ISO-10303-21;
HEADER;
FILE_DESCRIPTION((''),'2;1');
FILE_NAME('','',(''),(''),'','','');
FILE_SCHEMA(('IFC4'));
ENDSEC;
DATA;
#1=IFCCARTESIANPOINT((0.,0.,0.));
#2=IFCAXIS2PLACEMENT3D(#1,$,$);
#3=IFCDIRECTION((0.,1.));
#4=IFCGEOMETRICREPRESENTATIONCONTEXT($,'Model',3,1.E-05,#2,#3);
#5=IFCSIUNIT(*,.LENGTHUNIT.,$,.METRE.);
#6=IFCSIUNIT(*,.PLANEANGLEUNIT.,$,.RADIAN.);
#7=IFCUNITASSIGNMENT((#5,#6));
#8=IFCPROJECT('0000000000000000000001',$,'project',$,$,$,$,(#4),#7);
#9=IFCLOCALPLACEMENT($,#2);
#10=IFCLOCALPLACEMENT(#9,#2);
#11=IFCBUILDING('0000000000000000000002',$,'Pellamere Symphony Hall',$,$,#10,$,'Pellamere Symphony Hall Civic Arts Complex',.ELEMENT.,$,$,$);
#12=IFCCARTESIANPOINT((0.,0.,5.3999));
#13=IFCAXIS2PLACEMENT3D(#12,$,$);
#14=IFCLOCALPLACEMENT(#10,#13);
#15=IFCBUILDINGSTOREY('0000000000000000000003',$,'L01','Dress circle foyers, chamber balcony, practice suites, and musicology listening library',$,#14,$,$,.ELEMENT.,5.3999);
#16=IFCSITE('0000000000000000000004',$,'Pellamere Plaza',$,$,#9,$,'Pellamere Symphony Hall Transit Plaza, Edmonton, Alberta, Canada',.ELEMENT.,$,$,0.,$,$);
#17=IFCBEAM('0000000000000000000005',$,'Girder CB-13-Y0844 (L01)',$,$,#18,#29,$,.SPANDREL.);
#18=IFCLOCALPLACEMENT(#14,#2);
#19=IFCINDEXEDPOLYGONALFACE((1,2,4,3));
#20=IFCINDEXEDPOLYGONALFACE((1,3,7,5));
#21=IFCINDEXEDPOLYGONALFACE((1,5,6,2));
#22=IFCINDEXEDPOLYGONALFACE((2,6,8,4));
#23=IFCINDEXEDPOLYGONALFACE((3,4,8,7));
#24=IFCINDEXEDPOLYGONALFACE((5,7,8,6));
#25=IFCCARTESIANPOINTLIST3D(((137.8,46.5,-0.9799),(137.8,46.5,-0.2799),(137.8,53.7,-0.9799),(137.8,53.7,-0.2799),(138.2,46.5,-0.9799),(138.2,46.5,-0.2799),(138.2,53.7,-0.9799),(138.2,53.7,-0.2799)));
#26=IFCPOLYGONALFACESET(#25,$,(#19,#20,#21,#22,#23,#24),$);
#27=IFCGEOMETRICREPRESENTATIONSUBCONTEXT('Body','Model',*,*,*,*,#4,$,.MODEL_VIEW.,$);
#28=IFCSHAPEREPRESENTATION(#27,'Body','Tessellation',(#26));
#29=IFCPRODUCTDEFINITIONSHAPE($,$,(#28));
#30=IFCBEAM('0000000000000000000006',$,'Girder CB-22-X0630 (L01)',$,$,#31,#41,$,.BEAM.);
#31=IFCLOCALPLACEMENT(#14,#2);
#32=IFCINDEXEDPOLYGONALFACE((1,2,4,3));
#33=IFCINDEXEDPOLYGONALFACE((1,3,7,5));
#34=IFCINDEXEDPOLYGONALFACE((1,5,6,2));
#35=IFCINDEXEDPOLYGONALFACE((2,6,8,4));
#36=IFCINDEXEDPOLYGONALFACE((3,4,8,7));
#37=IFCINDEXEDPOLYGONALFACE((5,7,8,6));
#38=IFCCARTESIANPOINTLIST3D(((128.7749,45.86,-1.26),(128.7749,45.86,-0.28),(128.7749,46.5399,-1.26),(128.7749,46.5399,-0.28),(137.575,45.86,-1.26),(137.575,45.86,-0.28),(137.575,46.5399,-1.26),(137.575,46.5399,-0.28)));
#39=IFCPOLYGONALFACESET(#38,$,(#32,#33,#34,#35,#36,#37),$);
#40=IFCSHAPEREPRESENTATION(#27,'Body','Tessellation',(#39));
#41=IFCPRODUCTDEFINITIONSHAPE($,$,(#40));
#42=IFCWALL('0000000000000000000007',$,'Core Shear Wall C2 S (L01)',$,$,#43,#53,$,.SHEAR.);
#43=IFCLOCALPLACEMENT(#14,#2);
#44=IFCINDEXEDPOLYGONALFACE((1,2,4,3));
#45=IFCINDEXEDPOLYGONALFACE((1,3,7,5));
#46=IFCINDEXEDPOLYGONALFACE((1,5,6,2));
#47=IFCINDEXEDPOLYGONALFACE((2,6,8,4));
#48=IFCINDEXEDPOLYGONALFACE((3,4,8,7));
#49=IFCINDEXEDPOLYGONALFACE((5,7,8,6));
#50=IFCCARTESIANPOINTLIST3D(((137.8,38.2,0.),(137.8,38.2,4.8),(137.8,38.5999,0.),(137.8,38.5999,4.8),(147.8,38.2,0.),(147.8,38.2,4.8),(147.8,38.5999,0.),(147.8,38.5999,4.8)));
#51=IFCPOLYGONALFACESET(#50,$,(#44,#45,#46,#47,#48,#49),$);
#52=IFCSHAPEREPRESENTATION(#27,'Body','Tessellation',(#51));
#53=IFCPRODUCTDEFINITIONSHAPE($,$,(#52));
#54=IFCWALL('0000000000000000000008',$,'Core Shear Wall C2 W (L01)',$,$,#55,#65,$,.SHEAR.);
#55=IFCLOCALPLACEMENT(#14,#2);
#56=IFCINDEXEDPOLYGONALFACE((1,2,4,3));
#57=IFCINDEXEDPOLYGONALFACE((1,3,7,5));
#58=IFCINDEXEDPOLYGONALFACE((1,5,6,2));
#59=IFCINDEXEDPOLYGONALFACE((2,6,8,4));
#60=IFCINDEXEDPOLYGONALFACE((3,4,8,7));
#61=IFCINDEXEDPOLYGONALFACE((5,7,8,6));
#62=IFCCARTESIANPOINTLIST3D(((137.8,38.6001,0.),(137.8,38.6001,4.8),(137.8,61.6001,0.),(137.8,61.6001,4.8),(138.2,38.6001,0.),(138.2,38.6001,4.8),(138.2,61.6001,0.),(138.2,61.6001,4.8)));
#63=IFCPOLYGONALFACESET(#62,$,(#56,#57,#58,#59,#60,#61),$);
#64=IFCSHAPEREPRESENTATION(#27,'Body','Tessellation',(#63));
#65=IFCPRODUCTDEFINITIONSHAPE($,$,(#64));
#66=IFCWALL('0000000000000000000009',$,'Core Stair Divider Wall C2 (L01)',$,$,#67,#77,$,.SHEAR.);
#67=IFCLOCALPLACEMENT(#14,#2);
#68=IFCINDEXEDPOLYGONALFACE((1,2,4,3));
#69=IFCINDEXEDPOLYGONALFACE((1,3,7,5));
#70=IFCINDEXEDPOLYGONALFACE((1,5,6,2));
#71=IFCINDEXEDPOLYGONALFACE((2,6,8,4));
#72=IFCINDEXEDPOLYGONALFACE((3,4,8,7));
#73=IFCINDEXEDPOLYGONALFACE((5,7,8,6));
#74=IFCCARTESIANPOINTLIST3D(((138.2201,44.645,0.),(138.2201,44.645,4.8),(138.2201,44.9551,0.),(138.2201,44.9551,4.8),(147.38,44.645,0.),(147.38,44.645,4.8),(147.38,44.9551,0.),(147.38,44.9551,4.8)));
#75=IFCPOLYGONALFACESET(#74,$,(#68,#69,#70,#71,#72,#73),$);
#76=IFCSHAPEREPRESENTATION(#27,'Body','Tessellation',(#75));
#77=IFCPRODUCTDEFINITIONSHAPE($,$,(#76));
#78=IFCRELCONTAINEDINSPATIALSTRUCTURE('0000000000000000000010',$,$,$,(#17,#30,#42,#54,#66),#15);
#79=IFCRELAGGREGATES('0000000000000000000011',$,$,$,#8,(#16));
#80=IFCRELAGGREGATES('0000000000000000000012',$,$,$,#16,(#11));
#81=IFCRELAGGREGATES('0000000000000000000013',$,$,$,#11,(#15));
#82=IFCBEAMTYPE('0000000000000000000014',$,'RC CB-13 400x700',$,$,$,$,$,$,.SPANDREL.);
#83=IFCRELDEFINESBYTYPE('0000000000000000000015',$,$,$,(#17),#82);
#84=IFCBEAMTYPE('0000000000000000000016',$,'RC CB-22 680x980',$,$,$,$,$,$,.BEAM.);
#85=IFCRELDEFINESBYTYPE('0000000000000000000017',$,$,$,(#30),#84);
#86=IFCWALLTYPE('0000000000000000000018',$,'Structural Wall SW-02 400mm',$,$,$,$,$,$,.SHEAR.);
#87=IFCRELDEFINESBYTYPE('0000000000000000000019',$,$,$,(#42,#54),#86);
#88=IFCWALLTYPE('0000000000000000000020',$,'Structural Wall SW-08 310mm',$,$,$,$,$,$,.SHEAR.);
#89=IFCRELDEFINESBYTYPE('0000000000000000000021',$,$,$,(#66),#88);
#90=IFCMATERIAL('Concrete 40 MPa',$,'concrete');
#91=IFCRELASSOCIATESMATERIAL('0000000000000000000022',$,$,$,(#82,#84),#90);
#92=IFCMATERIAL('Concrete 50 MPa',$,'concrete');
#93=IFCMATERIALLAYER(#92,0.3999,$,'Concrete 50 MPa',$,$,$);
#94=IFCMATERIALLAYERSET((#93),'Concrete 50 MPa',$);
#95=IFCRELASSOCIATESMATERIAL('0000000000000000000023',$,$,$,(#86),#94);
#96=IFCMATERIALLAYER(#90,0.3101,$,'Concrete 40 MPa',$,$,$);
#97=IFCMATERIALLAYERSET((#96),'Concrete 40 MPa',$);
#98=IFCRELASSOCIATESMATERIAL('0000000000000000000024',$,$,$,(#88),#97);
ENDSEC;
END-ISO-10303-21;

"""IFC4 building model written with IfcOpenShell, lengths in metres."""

from ifc_helpers import new_model, si_unit, direction, frame, frame_2d, origin, origin_2d, place, context, subcontext, project, spatial, rectangle, extrude, material, layer, layer_set, material_profile, profile_set, type_object, element, save


model = new_model("IFC4")

# Units and contexts
model_context = context("Model", 3, precision=1e-05, world=origin(), true_north=direction((0.0, 1.0)))
body_context = subcontext(model_context, "Body", "Model", "MODEL_VIEW")
ifc_project = project(units=[si_unit("LENGTHUNIT", "METRE"), si_unit("PLANEANGLEUNIT", "RADIAN")], contexts=[model_context])

# Site, building, storey
site_placement = place(None, origin())
site = spatial("IfcSite", under=ifc_project, at=site_placement, Name="Pellamere Plaza", LongName="Pellamere Symphony Hall Transit Plaza, Edmonton, Alberta, Canada", CompositionType="ELEMENT", RefElevation=0.0)
building_placement = place(site_placement, origin())
building = spatial("IfcBuilding", under=site, at=building_placement, Name="Pellamere Symphony Hall", LongName="Pellamere Symphony Hall Civic Arts Complex", CompositionType="ELEMENT")
storey_placement = place(building_placement, frame((0.0, 0.0, 5.3999)))
storey = spatial("IfcBuildingStorey", under=building, at=storey_placement, Name="L01", Description="Dress circle foyers, chamber balcony, practice suites, and musicology listening library", CompositionType="ELEMENT", Elevation=5.3999)

# Shared definitions
ifc_material_1 = material(Name="Concrete 40 MPa", Category="concrete")

# Beams
ifc_material_profile_1 = material_profile(ifc_material_1, rectangle(XDim=0.3999, YDim=0.7, at=origin_2d()), Name="RC 400x700")
ifc_profile_set_1 = profile_set([ifc_material_profile_1], Name="Concrete 40 MPa")
beam_type_1 = type_object("IfcBeamType", Name="RC CB-13 400x700", PredefinedType="SPANDREL", material=ifc_profile_set_1)
for number, where, z_axis, x_axis, name in (
    (1, (138.0, 46.5, -0.6299), (0.0, 1.0, 0.0), (-1.0, 0.0, 0.0), "Girder CB-13-Y0844 (L01)"),
):
    element("IfcBeam", number, at=place(storey_placement, frame(where, z_axis=z_axis, x_axis=x_axis)), inside=storey, type_object=beam_type_1, Name=name, PredefinedType="SPANDREL", context=body_context, shape_type="SweptSolid", body=[
        extrude(rectangle(XDim=0.3999, YDim=0.7, at=origin_2d()), origin(), (0.0, 0.0, 1.0), 7.2),
    ])
ifc_material_profile_2 = material_profile(ifc_material_1, rectangle(XDim=0.6799, YDim=0.98, at=origin_2d()), Name="RC 680x980")
ifc_profile_set_2 = profile_set([ifc_material_profile_2], Name="Concrete 40 MPa")
beam_type_2 = type_object("IfcBeamType", Name="RC CB-22 680x980", PredefinedType="BEAM", material=ifc_profile_set_2)
beam_placement = place(storey_placement, frame((128.7749, 46.2, -0.77), z_axis=(1.0, 0.0, 0.0), x_axis=(0.0, 1.0, 0.0)))
element("IfcBeam", 2, at=beam_placement, inside=storey, type_object=beam_type_2, Name="Girder CB-22-X0630 (L01)", PredefinedType="BEAM", context=body_context, shape_type="SweptSolid", body=[
    extrude(rectangle(XDim=0.6799, YDim=0.98, at=origin_2d()), origin(), (0.0, 0.0, 1.0), 8.8),
])

# Walls
ifc_material_2 = material(Name="Concrete 50 MPa", Category="concrete")
ifc_layer_1 = layer(ifc_material_2, 0.3999, Name="Concrete 50 MPa")
ifc_layer_set_1 = layer_set([ifc_layer_1], Name="Concrete 50 MPa")
wall_type_1 = type_object("IfcWallType", Name="Structural Wall SW-02 400mm", PredefinedType="SHEAR", material=ifc_layer_set_1)
wall_1_placement = place(storey_placement, frame((137.8, 38.3999, 0.0), z_axis=(0.0, 0.0, 1.0), x_axis=(1.0, 0.0, 0.0)))
element("IfcWall", 3, at=wall_1_placement, inside=storey, type_object=wall_type_1, Name="Core Shear Wall C2 S (L01)", PredefinedType="SHEAR", context=body_context, shape_type="SweptSolid", body=[
    extrude(rectangle(XDim=10.0, YDim=0.3999, at=frame_2d((5.0, 0.0))), origin(), (0.0, 0.0, 1.0), 4.8),
])
wall_2_placement = place(storey_placement, frame((138.0, 38.6001, 0.0), z_axis=(0.0, 0.0, 1.0), x_axis=(0.0, 1.0, 0.0)))
element("IfcWall", 4, at=wall_2_placement, inside=storey, type_object=wall_type_1, Name="Core Shear Wall C2 W (L01)", PredefinedType="SHEAR", context=body_context, shape_type="SweptSolid", body=[
    extrude(rectangle(XDim=23.0, YDim=0.3999, at=frame_2d((11.5, 0.0))), origin(), (0.0, 0.0, 1.0), 4.8),
])
ifc_layer_2 = layer(ifc_material_1, 0.3101, Name="Concrete 40 MPa")
ifc_layer_set_2 = layer_set([ifc_layer_2], Name="Concrete 40 MPa")
wall_type_2 = type_object("IfcWallType", Name="Structural Wall SW-08 310mm", PredefinedType="SHEAR", material=ifc_layer_set_2)
wall_3_placement = place(storey_placement, frame((138.22, 44.8, 0.0), z_axis=(0.0, 0.0, 1.0), x_axis=(1.0, 0.0, 0.0)))
element("IfcWall", 5, at=wall_3_placement, inside=storey, type_object=wall_type_2, Name="Core Stair Divider Wall C2 (L01)", PredefinedType="SHEAR", context=body_context, shape_type="SweptSolid", body=[
    extrude(rectangle(XDim=9.1599, YDim=0.3101, at=frame_2d((4.5801, 0.0))), origin(), (0.0, 0.0, 1.0), 4.8),
])

save(model, "model.ifc")
